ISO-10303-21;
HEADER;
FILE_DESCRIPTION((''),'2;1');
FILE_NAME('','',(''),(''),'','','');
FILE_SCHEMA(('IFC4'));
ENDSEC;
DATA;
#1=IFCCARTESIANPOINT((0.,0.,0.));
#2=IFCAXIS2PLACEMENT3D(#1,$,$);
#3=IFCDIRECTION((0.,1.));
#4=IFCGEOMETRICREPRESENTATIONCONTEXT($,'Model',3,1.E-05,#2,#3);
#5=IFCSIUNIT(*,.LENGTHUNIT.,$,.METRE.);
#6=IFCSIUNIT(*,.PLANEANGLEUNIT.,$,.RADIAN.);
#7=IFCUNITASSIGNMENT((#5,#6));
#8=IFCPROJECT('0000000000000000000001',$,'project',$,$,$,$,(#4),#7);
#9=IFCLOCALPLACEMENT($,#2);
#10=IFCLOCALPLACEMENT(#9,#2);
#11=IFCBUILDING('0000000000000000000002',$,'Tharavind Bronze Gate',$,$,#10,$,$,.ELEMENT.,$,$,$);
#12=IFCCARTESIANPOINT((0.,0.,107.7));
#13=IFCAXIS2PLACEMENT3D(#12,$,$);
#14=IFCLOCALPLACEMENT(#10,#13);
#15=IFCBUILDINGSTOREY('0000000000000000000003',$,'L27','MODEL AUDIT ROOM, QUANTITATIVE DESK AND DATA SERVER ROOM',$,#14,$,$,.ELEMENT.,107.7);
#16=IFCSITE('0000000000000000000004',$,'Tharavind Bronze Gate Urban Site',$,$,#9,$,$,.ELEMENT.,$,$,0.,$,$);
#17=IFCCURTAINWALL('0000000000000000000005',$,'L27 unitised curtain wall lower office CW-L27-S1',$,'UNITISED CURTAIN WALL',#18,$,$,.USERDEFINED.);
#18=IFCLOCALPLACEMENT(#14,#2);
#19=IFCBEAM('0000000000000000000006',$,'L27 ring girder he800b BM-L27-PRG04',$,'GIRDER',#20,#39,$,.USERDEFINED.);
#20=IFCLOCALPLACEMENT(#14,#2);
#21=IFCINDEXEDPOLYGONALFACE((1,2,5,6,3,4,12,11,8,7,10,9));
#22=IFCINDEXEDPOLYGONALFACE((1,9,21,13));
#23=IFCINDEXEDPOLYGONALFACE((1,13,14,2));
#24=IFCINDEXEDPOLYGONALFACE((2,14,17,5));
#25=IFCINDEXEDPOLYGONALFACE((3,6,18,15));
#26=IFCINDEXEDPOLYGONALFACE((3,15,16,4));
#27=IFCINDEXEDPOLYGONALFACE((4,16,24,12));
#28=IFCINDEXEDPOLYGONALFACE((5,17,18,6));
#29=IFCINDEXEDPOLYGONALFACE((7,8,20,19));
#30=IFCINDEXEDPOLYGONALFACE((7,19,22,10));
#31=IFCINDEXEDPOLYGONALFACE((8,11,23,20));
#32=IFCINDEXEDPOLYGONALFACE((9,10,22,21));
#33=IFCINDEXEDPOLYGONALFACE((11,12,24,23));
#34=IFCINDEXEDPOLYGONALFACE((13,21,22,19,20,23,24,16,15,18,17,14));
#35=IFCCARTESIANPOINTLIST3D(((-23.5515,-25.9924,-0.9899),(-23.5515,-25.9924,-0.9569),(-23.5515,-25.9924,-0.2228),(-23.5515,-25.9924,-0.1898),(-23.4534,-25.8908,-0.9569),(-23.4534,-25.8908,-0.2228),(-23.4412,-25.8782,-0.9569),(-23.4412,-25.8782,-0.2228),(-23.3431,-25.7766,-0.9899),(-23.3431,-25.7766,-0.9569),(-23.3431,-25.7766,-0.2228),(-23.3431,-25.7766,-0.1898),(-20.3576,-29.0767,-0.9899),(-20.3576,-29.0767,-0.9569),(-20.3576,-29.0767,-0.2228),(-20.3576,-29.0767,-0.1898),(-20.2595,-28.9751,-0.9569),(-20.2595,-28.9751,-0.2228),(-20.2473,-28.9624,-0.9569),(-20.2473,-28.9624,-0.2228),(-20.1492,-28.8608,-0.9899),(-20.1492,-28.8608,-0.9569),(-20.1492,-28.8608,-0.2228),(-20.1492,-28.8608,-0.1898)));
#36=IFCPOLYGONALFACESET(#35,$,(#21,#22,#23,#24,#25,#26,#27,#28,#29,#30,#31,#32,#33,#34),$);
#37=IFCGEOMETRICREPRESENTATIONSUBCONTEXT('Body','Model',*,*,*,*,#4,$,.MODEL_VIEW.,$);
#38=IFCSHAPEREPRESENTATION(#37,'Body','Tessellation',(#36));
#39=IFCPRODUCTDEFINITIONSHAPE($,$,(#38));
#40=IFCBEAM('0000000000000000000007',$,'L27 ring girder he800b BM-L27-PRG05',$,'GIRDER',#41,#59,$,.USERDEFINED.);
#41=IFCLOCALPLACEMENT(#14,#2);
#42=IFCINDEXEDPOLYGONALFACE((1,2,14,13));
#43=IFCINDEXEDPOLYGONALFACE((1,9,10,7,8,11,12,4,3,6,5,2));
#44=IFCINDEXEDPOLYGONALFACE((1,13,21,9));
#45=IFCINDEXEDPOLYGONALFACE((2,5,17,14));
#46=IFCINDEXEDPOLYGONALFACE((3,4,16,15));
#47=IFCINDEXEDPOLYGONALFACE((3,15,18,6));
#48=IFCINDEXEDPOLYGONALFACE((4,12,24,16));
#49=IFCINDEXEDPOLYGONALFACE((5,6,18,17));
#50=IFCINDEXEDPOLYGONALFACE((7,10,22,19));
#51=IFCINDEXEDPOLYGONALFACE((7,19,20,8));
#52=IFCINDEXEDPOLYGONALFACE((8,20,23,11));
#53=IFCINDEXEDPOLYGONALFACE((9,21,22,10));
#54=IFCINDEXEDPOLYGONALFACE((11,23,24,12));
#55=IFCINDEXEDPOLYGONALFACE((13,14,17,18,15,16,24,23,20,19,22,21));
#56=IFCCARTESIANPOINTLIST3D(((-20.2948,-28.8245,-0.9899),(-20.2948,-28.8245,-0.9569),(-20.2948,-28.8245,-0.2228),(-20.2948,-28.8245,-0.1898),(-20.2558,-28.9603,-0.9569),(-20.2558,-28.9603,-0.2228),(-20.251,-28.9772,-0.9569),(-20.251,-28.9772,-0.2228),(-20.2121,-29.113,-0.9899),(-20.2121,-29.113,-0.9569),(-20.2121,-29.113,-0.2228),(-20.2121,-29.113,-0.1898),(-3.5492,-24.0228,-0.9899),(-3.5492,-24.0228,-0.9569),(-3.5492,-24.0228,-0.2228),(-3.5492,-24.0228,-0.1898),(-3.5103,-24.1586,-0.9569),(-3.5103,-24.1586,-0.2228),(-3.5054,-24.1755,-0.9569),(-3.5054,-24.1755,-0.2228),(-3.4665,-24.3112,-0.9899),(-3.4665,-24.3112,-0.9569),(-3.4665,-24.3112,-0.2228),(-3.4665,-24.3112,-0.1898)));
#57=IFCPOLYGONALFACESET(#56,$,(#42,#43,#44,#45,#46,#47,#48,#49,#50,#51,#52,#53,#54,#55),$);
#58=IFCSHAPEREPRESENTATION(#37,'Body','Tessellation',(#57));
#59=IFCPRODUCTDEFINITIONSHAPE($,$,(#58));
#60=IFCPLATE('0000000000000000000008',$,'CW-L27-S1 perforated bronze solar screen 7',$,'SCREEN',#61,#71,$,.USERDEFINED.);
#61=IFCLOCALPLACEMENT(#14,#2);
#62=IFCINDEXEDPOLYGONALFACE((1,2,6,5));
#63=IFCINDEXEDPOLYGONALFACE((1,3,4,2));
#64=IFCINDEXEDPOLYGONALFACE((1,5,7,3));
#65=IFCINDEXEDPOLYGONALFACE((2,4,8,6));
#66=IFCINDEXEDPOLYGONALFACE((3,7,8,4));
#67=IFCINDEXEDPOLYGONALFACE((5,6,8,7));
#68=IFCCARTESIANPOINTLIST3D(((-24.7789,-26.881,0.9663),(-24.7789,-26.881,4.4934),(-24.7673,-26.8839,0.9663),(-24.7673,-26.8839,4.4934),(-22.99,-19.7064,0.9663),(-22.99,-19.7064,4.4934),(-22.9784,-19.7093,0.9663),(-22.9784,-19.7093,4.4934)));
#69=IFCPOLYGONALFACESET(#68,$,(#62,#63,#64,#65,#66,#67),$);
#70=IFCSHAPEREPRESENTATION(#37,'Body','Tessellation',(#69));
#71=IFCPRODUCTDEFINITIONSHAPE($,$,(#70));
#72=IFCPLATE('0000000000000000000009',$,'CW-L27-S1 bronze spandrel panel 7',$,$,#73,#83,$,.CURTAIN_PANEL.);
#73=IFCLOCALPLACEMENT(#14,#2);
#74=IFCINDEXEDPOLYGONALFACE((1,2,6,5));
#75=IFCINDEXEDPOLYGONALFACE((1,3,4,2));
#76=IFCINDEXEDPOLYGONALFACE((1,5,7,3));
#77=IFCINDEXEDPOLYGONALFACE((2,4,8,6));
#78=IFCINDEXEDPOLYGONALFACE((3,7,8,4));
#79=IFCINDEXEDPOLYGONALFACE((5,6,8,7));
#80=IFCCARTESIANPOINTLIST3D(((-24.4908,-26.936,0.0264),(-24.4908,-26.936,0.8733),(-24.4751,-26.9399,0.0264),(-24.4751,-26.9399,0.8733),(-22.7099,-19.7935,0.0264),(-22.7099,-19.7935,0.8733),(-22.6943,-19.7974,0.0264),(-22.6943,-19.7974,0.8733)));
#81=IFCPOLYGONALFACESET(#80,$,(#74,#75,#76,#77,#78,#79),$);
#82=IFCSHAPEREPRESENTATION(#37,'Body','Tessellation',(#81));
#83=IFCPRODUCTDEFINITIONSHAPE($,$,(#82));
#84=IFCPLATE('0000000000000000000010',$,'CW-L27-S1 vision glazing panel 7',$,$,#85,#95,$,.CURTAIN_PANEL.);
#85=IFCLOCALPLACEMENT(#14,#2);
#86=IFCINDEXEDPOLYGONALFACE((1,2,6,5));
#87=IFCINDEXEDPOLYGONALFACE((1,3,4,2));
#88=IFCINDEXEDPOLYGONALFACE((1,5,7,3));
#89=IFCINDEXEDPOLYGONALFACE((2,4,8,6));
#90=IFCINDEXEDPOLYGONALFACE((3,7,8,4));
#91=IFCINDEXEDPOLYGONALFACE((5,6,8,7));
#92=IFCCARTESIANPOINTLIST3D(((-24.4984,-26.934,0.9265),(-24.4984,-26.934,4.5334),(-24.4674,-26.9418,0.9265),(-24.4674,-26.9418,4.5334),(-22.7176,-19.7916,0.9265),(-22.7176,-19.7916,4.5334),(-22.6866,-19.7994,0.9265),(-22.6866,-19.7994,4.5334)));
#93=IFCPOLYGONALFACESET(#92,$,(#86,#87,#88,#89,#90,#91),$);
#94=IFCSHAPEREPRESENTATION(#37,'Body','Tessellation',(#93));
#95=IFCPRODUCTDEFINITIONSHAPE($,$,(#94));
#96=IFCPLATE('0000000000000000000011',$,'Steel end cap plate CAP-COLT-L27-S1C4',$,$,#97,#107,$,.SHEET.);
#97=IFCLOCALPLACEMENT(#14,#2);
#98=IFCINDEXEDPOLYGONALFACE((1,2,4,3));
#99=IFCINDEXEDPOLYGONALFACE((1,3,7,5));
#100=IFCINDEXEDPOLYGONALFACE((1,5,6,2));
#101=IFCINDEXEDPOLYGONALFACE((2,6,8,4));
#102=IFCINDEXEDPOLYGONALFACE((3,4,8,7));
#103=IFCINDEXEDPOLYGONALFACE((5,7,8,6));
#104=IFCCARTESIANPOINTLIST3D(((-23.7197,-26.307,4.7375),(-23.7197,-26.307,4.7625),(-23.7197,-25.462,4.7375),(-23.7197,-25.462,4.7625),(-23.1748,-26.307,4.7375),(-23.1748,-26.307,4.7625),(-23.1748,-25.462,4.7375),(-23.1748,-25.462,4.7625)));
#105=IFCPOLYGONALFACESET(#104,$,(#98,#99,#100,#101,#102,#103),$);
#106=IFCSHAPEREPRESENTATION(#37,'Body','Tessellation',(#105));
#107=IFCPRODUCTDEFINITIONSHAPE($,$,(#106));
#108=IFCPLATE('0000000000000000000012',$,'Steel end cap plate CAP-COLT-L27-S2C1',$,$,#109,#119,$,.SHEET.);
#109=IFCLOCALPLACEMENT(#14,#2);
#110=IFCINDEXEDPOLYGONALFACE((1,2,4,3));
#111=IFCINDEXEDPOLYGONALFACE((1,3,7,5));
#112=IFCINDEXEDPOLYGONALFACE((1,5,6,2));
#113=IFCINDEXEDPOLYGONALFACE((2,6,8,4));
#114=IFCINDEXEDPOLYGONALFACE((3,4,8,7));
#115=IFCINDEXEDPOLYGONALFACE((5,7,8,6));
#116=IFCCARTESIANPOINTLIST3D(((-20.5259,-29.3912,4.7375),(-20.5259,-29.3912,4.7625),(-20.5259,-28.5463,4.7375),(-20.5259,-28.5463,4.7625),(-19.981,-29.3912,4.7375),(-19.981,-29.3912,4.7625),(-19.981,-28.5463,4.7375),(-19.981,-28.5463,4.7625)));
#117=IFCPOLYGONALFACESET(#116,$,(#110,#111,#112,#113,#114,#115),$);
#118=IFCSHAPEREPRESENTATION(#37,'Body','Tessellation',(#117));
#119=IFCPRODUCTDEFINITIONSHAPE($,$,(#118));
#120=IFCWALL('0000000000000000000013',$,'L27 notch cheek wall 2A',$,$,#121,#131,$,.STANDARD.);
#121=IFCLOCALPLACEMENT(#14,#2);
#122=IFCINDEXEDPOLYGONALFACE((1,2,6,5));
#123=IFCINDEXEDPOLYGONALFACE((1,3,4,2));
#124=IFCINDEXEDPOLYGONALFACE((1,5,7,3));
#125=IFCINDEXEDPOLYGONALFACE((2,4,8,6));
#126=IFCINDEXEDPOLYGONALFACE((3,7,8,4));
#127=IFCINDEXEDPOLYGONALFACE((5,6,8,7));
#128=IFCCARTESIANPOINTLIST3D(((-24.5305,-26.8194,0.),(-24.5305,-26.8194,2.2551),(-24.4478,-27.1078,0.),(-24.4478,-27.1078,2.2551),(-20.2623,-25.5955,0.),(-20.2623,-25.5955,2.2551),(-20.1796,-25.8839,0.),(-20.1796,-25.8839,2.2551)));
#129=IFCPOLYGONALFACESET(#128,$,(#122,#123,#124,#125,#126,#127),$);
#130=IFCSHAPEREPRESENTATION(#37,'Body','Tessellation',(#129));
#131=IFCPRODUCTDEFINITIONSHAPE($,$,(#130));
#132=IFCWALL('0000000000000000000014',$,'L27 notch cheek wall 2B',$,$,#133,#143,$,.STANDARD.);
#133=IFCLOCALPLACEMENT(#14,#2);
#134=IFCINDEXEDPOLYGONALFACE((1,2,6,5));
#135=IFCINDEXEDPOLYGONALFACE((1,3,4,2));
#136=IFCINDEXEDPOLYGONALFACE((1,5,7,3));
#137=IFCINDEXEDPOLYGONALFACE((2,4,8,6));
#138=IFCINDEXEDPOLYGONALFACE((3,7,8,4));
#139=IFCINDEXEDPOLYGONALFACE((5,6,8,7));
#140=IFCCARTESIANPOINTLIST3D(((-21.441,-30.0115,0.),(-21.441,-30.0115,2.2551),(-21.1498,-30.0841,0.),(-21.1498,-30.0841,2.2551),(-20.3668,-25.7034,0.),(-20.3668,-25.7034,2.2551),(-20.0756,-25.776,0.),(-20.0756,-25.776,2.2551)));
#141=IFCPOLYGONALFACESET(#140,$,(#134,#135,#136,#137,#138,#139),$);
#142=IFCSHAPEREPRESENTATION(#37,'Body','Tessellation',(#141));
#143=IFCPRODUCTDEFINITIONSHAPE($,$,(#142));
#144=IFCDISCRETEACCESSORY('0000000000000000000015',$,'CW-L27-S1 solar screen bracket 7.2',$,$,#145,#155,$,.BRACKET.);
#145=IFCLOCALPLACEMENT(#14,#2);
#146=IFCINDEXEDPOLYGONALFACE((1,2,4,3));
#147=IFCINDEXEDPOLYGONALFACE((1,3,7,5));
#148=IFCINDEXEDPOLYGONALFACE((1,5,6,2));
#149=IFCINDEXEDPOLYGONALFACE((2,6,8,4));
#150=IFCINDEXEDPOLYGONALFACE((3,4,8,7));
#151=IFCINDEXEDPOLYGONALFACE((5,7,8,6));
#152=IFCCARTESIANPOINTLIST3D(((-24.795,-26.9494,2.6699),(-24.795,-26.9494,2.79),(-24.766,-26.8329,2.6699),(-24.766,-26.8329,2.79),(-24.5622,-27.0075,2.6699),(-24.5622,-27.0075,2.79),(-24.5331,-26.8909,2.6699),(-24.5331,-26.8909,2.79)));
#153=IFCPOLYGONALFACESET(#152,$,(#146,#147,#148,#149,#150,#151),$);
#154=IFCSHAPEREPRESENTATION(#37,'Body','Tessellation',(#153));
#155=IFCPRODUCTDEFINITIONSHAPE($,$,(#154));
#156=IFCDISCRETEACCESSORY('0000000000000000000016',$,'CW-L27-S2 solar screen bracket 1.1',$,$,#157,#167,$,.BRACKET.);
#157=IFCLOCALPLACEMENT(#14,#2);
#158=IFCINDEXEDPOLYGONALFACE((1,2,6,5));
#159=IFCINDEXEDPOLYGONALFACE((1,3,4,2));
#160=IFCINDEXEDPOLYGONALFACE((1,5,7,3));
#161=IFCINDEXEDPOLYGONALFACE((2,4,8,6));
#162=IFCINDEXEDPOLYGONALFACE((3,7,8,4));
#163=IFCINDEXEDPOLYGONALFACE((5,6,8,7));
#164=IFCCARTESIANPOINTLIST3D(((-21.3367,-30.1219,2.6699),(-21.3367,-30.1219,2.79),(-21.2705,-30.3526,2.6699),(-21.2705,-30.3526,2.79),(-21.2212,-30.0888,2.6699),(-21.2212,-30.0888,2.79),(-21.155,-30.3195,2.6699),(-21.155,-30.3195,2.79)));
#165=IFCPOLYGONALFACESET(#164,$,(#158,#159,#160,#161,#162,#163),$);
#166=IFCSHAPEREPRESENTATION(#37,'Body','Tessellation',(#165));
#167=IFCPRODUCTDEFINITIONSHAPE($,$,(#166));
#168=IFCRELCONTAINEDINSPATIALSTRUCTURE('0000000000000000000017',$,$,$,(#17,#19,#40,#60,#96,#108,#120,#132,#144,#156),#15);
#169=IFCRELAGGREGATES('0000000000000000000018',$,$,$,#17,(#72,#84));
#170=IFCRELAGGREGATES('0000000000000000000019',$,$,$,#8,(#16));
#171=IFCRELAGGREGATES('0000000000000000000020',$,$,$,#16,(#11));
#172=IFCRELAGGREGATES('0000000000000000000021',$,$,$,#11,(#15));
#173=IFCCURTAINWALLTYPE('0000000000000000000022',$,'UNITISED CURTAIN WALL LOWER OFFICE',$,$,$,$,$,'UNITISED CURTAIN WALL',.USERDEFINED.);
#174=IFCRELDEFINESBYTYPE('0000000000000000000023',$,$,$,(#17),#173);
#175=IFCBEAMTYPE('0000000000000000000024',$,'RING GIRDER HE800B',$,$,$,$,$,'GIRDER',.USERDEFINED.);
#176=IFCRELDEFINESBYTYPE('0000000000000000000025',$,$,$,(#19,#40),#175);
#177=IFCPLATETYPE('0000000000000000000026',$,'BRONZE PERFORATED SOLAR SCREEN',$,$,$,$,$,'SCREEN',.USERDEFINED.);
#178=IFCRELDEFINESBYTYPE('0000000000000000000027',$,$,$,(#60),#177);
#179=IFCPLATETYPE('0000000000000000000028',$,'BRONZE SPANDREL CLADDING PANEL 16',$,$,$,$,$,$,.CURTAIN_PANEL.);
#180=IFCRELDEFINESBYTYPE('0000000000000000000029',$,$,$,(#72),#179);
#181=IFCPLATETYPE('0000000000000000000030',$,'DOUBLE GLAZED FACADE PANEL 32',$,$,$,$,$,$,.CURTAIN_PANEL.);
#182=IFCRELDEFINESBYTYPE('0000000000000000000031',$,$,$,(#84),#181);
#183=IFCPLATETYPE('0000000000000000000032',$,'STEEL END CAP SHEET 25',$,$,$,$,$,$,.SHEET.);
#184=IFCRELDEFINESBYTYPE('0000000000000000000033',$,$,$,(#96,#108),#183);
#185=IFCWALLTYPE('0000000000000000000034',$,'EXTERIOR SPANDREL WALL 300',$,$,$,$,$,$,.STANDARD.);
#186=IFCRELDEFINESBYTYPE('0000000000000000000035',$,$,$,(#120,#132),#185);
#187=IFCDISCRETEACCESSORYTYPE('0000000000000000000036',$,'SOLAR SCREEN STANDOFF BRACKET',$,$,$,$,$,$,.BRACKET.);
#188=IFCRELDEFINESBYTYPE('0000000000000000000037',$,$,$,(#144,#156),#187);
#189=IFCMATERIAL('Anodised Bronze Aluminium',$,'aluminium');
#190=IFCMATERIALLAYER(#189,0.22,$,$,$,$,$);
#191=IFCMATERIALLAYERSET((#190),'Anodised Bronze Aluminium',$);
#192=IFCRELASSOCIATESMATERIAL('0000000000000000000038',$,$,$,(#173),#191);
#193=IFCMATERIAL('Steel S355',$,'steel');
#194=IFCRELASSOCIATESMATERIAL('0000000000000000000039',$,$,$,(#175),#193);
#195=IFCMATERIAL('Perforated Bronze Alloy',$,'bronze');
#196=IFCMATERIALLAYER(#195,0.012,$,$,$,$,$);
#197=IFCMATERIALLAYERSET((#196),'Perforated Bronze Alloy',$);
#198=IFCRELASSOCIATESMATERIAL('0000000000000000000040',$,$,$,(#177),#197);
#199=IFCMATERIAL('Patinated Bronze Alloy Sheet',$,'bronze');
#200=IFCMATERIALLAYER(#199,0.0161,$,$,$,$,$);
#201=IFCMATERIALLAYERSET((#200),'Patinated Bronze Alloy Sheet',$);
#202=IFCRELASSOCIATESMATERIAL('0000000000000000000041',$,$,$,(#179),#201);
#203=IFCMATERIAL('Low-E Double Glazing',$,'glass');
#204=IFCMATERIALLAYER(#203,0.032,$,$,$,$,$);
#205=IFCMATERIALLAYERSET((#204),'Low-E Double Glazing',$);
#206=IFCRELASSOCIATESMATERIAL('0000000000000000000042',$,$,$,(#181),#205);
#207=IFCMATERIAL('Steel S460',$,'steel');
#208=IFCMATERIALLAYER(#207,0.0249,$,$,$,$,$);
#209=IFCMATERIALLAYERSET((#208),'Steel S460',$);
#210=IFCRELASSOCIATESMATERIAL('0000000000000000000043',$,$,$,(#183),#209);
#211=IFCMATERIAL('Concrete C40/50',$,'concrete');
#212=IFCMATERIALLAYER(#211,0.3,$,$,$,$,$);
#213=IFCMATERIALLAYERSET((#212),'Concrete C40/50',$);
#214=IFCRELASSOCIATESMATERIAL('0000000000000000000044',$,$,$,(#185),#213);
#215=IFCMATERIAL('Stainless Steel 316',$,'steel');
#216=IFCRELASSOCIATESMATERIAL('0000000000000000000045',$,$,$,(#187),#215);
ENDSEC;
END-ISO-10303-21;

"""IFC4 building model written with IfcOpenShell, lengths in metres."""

from ifc_helpers import new_model, si_unit, direction, frame, frame_2d, origin, origin_2d, place, context, subcontext, project, spatial, rectangle, i_section, extrude, material, layer, layer_set, material_profile, profile_set, type_object, element, aggregate, save


model = new_model("IFC4")

# Units and contexts
model_context = context("Model", 3, precision=1e-05, world=origin(), true_north=direction((0.0, 1.0)))
body_context = subcontext(model_context, "Body", "Model", "MODEL_VIEW")
ifc_project = project(units=[si_unit("LENGTHUNIT", "METRE"), si_unit("PLANEANGLEUNIT", "RADIAN")], contexts=[model_context])

# Site, building, storey
site_placement = place(None, origin())
site = spatial("IfcSite", under=ifc_project, at=site_placement, Name="Tharavind Bronze Gate Urban Site", CompositionType="ELEMENT", RefElevation=0.0)
building_placement = place(site_placement, origin())
building = spatial("IfcBuilding", under=site, at=building_placement, Name="Tharavind Bronze Gate", CompositionType="ELEMENT")
storey_placement = place(building_placement, frame((0.0, 0.0, 107.7)))
storey = spatial("IfcBuildingStorey", under=building, at=storey_placement, Name="L27", Description="MODEL AUDIT ROOM, QUANTITATIVE DESK AND DATA SERVER ROOM", CompositionType="ELEMENT", Elevation=107.7)

# Shared definitions
ifc_material_1 = material(Name="Steel S460", Category="steel")

# Curtain wall
ifc_material_2 = material(Name="Anodised Bronze Aluminium", Category="aluminium")
ifc_layer_1 = layer(ifc_material_2, 0.22)
ifc_layer_set_1 = layer_set([ifc_layer_1], Name="Anodised Bronze Aluminium")
curtain_wall_type = type_object("IfcCurtainWallType", Name="UNITISED CURTAIN WALL LOWER OFFICE", ElementType="UNITISED CURTAIN WALL", PredefinedType="USERDEFINED", material=ifc_layer_set_1)
curtain_wall_1_placement = place(storey_placement, origin())
curtain_wall_1 = element("IfcCurtainWall", 1, at=curtain_wall_1_placement, inside=storey, type_object=curtain_wall_type, Name="L27 unitised curtain wall lower office CW-L27-S1", ObjectType="UNITISED CURTAIN WALL", PredefinedType="USERDEFINED")

# Beams
ifc_material_3 = material(Name="Steel S355", Category="steel")
ifc_material_profile_1 = material_profile(ifc_material_3, i_section(OverallWidth=0.3, OverallDepth=0.8, WebThickness=0.0176, FlangeThickness=0.033, at=origin_2d()), Name="HE800B")
ifc_profile_set_1 = profile_set([ifc_material_profile_1], Name="Steel S355")
beam_type_1 = type_object("IfcBeamType", Name="RING GIRDER HE800B", ElementType="GIRDER", PredefinedType="USERDEFINED", material=ifc_profile_set_1)
beam_1_placement = place(storey_placement, frame((-23.4473, -25.8845, -0.5898), z_axis=(0.719344, -0.694654, 0.0), x_axis=(0.694654, 0.719344, 0.0)))
element("IfcBeam", 2, at=beam_1_placement, inside=storey, type_object=beam_type_1, Name="L27 ring girder he800b BM-L27-PRG04", ObjectType="GIRDER", PredefinedType="USERDEFINED", context=body_context, shape_type="SweptSolid", body=[
    extrude(i_section(OverallWidth=0.3, OverallDepth=0.8, WebThickness=0.0176, FlangeThickness=0.033, at=origin_2d()), origin(), (0.0, 0.0, 1.0), 4.4399),
])
beam_2_placement = place(storey_placement, frame((-20.2534, -28.9688, -0.5898), z_axis=(0.961261, 0.275639, 0.0), x_axis=(-0.275639, 0.961261, 0.0)))
element("IfcBeam", 3, at=beam_2_placement, inside=storey, type_object=beam_type_1, Name="L27 ring girder he800b BM-L27-PRG05", ObjectType="GIRDER", PredefinedType="USERDEFINED", context=body_context, shape_type="SweptSolid", body=[
    extrude(i_section(OverallWidth=0.3, OverallDepth=0.8, WebThickness=0.0176, FlangeThickness=0.033, at=origin_2d()), origin(), (0.0, 0.0, 1.0), 17.4204),
])

# Plates
ifc_material_4 = material(Name="Perforated Bronze Alloy", Category="bronze")
ifc_layer_2 = layer(ifc_material_4, 0.012)
ifc_layer_set_2 = layer_set([ifc_layer_2], Name="Perforated Bronze Alloy")
plate_type_1 = type_object("IfcPlateType", Name="BRONZE PERFORATED SOLAR SCREEN", ElementType="SCREEN", PredefinedType="USERDEFINED", material=ifc_layer_set_2)
plate_1_placement = place(storey_placement, frame((-23.8787, -23.2952, 0.9663), z_axis=(0.0, 0.0, 1.0), x_axis=(-0.241922, -0.970296, 0.0)))
element("IfcPlate", 4, at=plate_1_placement, inside=storey, type_object=plate_type_1, Name="CW-L27-S1 perforated bronze solar screen 7", ObjectType="SCREEN", PredefinedType="USERDEFINED", context=body_context, shape_type="SweptSolid", body=[
    extrude(rectangle(XDim=7.3943, YDim=0.012, at=origin_2d()), origin(), (0.0, 0.0, 1.0), 3.5271),
])
ifc_material_5 = material(Name="Patinated Bronze Alloy Sheet", Category="bronze")
ifc_layer_3 = layer(ifc_material_5, 0.0161)
ifc_layer_set_3 = layer_set([ifc_layer_3], Name="Patinated Bronze Alloy Sheet")
plate_type_2 = type_object("IfcPlateType", Name="BRONZE SPANDREL CLADDING PANEL 16", PredefinedType="CURTAIN_PANEL", material=ifc_layer_set_3)
plate_2_placement = place(storey_placement, frame((-23.5925, -23.3667, 0.0264), z_axis=(0.0, 0.0, 1.0), x_axis=(-0.241922, -0.970296, 0.0)))
plate_2 = element("IfcPlate", 5, at=plate_2_placement, type_object=plate_type_2, Name="CW-L27-S1 bronze spandrel panel 7", PredefinedType="CURTAIN_PANEL", context=body_context, shape_type="SweptSolid", body=[
    extrude(rectangle(XDim=7.3611, YDim=0.0161, at=origin_2d()), origin(), (0.0, 0.0, 1.0), 0.8469),
])
ifc_material_6 = material(Name="Low-E Double Glazing", Category="glass")
ifc_layer_4 = layer(ifc_material_6, 0.032)
ifc_layer_set_4 = layer_set([ifc_layer_4], Name="Low-E Double Glazing")
plate_type_3 = type_object("IfcPlateType", Name="DOUBLE GLAZED FACADE PANEL 32", PredefinedType="CURTAIN_PANEL", material=ifc_layer_set_4)
plate_3_placement = place(storey_placement, frame((-23.5925, -23.3667, 0.9265), z_axis=(0.0, 0.0, 1.0), x_axis=(-0.241922, -0.970296, 0.0)))
plate_3 = element("IfcPlate", 6, at=plate_3_placement, type_object=plate_type_3, Name="CW-L27-S1 vision glazing panel 7", PredefinedType="CURTAIN_PANEL", context=body_context, shape_type="SweptSolid", body=[
    extrude(rectangle(XDim=7.3611, YDim=0.032, at=origin_2d()), origin(), (0.0, 0.0, 1.0), 3.6069),
])
aggregate(curtain_wall_1, [plate_2, plate_3])

# Plates
ifc_layer_5 = layer(ifc_material_1, 0.0249)
ifc_layer_set_5 = layer_set([ifc_layer_5], Name="Steel S460")
plate_type_4 = type_object("IfcPlateType", Name="STEEL END CAP SHEET 25", PredefinedType="SHEET", material=ifc_layer_set_5)
for number, where, z_axis, x_axis, name in (
    (7, (-23.4473, -25.8845, 4.7375), (0.0, 0.0, 1.0), (1.0, 0.0, 0.0), "Steel end cap plate CAP-COLT-L27-S1C4"),
    (8, (-20.2534, -28.9688, 4.7375), (0.0, 0.0, 1.0), (1.0, 0.0, 0.0), "Steel end cap plate CAP-COLT-L27-S2C1"),
):
    element("IfcPlate", number, at=place(storey_placement, frame(where, z_axis=z_axis, x_axis=x_axis)), inside=storey, type_object=plate_type_4, Name=name, PredefinedType="SHEET", context=body_context, shape_type="SweptSolid", body=[
        extrude(rectangle(XDim=0.5449, YDim=0.845, at=origin_2d()), origin(), (0.0, 0.0, 1.0), 0.0249),
    ])

# Walls
ifc_material_7 = material(Name="Concrete C40/50", Category="concrete")
ifc_layer_6 = layer(ifc_material_7, 0.3)
ifc_layer_set_6 = layer_set([ifc_layer_6], Name="Concrete C40/50")
wall_type = type_object("IfcWallType", Name="EXTERIOR SPANDREL WALL 300", PredefinedType="STANDARD", material=ifc_layer_set_6)
wall_1_placement = place(storey_placement, frame((-24.4893, -26.9636, 0.0), z_axis=(0.0, 0.0, 1.0), x_axis=(0.96126, 0.275643, 0.0)))
element("IfcWall", 9, at=wall_1_placement, inside=storey, type_object=wall_type, Name="L27 notch cheek wall 2A", PredefinedType="STANDARD", context=body_context, shape_type="SweptSolid", body=[
    extrude(rectangle(XDim=4.4402, YDim=0.3, at=frame_2d((2.2202, 0.0))), origin(), (0.0, 0.0, 1.0), 2.2551),
])
wall_2_placement = place(storey_placement, frame((-20.2212, -25.7397, 0.0), z_axis=(0.0, 0.0, 1.0), x_axis=(-0.24194, -0.970291, 0.0)))
element("IfcWall", 10, at=wall_2_placement, inside=storey, type_object=wall_type, Name="L27 notch cheek wall 2B", PredefinedType="STANDARD", context=body_context, shape_type="SweptSolid", body=[
    extrude(rectangle(XDim=4.4399, YDim=0.3, at=frame_2d((2.22, 0.0))), origin(), (0.0, 0.0, 1.0), 2.2551),
])

# Discrete accessories
ifc_material_8 = material(Name="Stainless Steel 316", Category="steel")
discrete_accessory_type = type_object("IfcDiscreteAccessoryType", Name="SOLAR SCREEN STANDOFF BRACKET", PredefinedType="BRACKET", material=ifc_material_8)
for number, where, z_axis, x_axis, name in (
    (11, (-24.6641, -26.9202, 2.6699), (0.0, 0.0, 1.0), (-0.241922, -0.970296, 0.0), "CW-L27-S1 solar screen bracket 7.2"),
    (12, (-21.2458, -30.2207, 2.6699), (0.0, 0.0, 1.0), (0.961262, 0.275637, 0.0), "CW-L27-S2 solar screen bracket 1.1"),
):
    element("IfcDiscreteAccessory", number, at=place(storey_placement, frame(where, z_axis=z_axis, x_axis=x_axis)), inside=storey, type_object=discrete_accessory_type, Name=name, PredefinedType="BRACKET", context=body_context, shape_type="SweptSolid", body=[
        extrude(rectangle(XDim=0.1201, YDim=0.24, at=origin_2d()), origin(), (0.0, 0.0, 1.0), 0.1201),
    ])

save(model, "model.ifc")
